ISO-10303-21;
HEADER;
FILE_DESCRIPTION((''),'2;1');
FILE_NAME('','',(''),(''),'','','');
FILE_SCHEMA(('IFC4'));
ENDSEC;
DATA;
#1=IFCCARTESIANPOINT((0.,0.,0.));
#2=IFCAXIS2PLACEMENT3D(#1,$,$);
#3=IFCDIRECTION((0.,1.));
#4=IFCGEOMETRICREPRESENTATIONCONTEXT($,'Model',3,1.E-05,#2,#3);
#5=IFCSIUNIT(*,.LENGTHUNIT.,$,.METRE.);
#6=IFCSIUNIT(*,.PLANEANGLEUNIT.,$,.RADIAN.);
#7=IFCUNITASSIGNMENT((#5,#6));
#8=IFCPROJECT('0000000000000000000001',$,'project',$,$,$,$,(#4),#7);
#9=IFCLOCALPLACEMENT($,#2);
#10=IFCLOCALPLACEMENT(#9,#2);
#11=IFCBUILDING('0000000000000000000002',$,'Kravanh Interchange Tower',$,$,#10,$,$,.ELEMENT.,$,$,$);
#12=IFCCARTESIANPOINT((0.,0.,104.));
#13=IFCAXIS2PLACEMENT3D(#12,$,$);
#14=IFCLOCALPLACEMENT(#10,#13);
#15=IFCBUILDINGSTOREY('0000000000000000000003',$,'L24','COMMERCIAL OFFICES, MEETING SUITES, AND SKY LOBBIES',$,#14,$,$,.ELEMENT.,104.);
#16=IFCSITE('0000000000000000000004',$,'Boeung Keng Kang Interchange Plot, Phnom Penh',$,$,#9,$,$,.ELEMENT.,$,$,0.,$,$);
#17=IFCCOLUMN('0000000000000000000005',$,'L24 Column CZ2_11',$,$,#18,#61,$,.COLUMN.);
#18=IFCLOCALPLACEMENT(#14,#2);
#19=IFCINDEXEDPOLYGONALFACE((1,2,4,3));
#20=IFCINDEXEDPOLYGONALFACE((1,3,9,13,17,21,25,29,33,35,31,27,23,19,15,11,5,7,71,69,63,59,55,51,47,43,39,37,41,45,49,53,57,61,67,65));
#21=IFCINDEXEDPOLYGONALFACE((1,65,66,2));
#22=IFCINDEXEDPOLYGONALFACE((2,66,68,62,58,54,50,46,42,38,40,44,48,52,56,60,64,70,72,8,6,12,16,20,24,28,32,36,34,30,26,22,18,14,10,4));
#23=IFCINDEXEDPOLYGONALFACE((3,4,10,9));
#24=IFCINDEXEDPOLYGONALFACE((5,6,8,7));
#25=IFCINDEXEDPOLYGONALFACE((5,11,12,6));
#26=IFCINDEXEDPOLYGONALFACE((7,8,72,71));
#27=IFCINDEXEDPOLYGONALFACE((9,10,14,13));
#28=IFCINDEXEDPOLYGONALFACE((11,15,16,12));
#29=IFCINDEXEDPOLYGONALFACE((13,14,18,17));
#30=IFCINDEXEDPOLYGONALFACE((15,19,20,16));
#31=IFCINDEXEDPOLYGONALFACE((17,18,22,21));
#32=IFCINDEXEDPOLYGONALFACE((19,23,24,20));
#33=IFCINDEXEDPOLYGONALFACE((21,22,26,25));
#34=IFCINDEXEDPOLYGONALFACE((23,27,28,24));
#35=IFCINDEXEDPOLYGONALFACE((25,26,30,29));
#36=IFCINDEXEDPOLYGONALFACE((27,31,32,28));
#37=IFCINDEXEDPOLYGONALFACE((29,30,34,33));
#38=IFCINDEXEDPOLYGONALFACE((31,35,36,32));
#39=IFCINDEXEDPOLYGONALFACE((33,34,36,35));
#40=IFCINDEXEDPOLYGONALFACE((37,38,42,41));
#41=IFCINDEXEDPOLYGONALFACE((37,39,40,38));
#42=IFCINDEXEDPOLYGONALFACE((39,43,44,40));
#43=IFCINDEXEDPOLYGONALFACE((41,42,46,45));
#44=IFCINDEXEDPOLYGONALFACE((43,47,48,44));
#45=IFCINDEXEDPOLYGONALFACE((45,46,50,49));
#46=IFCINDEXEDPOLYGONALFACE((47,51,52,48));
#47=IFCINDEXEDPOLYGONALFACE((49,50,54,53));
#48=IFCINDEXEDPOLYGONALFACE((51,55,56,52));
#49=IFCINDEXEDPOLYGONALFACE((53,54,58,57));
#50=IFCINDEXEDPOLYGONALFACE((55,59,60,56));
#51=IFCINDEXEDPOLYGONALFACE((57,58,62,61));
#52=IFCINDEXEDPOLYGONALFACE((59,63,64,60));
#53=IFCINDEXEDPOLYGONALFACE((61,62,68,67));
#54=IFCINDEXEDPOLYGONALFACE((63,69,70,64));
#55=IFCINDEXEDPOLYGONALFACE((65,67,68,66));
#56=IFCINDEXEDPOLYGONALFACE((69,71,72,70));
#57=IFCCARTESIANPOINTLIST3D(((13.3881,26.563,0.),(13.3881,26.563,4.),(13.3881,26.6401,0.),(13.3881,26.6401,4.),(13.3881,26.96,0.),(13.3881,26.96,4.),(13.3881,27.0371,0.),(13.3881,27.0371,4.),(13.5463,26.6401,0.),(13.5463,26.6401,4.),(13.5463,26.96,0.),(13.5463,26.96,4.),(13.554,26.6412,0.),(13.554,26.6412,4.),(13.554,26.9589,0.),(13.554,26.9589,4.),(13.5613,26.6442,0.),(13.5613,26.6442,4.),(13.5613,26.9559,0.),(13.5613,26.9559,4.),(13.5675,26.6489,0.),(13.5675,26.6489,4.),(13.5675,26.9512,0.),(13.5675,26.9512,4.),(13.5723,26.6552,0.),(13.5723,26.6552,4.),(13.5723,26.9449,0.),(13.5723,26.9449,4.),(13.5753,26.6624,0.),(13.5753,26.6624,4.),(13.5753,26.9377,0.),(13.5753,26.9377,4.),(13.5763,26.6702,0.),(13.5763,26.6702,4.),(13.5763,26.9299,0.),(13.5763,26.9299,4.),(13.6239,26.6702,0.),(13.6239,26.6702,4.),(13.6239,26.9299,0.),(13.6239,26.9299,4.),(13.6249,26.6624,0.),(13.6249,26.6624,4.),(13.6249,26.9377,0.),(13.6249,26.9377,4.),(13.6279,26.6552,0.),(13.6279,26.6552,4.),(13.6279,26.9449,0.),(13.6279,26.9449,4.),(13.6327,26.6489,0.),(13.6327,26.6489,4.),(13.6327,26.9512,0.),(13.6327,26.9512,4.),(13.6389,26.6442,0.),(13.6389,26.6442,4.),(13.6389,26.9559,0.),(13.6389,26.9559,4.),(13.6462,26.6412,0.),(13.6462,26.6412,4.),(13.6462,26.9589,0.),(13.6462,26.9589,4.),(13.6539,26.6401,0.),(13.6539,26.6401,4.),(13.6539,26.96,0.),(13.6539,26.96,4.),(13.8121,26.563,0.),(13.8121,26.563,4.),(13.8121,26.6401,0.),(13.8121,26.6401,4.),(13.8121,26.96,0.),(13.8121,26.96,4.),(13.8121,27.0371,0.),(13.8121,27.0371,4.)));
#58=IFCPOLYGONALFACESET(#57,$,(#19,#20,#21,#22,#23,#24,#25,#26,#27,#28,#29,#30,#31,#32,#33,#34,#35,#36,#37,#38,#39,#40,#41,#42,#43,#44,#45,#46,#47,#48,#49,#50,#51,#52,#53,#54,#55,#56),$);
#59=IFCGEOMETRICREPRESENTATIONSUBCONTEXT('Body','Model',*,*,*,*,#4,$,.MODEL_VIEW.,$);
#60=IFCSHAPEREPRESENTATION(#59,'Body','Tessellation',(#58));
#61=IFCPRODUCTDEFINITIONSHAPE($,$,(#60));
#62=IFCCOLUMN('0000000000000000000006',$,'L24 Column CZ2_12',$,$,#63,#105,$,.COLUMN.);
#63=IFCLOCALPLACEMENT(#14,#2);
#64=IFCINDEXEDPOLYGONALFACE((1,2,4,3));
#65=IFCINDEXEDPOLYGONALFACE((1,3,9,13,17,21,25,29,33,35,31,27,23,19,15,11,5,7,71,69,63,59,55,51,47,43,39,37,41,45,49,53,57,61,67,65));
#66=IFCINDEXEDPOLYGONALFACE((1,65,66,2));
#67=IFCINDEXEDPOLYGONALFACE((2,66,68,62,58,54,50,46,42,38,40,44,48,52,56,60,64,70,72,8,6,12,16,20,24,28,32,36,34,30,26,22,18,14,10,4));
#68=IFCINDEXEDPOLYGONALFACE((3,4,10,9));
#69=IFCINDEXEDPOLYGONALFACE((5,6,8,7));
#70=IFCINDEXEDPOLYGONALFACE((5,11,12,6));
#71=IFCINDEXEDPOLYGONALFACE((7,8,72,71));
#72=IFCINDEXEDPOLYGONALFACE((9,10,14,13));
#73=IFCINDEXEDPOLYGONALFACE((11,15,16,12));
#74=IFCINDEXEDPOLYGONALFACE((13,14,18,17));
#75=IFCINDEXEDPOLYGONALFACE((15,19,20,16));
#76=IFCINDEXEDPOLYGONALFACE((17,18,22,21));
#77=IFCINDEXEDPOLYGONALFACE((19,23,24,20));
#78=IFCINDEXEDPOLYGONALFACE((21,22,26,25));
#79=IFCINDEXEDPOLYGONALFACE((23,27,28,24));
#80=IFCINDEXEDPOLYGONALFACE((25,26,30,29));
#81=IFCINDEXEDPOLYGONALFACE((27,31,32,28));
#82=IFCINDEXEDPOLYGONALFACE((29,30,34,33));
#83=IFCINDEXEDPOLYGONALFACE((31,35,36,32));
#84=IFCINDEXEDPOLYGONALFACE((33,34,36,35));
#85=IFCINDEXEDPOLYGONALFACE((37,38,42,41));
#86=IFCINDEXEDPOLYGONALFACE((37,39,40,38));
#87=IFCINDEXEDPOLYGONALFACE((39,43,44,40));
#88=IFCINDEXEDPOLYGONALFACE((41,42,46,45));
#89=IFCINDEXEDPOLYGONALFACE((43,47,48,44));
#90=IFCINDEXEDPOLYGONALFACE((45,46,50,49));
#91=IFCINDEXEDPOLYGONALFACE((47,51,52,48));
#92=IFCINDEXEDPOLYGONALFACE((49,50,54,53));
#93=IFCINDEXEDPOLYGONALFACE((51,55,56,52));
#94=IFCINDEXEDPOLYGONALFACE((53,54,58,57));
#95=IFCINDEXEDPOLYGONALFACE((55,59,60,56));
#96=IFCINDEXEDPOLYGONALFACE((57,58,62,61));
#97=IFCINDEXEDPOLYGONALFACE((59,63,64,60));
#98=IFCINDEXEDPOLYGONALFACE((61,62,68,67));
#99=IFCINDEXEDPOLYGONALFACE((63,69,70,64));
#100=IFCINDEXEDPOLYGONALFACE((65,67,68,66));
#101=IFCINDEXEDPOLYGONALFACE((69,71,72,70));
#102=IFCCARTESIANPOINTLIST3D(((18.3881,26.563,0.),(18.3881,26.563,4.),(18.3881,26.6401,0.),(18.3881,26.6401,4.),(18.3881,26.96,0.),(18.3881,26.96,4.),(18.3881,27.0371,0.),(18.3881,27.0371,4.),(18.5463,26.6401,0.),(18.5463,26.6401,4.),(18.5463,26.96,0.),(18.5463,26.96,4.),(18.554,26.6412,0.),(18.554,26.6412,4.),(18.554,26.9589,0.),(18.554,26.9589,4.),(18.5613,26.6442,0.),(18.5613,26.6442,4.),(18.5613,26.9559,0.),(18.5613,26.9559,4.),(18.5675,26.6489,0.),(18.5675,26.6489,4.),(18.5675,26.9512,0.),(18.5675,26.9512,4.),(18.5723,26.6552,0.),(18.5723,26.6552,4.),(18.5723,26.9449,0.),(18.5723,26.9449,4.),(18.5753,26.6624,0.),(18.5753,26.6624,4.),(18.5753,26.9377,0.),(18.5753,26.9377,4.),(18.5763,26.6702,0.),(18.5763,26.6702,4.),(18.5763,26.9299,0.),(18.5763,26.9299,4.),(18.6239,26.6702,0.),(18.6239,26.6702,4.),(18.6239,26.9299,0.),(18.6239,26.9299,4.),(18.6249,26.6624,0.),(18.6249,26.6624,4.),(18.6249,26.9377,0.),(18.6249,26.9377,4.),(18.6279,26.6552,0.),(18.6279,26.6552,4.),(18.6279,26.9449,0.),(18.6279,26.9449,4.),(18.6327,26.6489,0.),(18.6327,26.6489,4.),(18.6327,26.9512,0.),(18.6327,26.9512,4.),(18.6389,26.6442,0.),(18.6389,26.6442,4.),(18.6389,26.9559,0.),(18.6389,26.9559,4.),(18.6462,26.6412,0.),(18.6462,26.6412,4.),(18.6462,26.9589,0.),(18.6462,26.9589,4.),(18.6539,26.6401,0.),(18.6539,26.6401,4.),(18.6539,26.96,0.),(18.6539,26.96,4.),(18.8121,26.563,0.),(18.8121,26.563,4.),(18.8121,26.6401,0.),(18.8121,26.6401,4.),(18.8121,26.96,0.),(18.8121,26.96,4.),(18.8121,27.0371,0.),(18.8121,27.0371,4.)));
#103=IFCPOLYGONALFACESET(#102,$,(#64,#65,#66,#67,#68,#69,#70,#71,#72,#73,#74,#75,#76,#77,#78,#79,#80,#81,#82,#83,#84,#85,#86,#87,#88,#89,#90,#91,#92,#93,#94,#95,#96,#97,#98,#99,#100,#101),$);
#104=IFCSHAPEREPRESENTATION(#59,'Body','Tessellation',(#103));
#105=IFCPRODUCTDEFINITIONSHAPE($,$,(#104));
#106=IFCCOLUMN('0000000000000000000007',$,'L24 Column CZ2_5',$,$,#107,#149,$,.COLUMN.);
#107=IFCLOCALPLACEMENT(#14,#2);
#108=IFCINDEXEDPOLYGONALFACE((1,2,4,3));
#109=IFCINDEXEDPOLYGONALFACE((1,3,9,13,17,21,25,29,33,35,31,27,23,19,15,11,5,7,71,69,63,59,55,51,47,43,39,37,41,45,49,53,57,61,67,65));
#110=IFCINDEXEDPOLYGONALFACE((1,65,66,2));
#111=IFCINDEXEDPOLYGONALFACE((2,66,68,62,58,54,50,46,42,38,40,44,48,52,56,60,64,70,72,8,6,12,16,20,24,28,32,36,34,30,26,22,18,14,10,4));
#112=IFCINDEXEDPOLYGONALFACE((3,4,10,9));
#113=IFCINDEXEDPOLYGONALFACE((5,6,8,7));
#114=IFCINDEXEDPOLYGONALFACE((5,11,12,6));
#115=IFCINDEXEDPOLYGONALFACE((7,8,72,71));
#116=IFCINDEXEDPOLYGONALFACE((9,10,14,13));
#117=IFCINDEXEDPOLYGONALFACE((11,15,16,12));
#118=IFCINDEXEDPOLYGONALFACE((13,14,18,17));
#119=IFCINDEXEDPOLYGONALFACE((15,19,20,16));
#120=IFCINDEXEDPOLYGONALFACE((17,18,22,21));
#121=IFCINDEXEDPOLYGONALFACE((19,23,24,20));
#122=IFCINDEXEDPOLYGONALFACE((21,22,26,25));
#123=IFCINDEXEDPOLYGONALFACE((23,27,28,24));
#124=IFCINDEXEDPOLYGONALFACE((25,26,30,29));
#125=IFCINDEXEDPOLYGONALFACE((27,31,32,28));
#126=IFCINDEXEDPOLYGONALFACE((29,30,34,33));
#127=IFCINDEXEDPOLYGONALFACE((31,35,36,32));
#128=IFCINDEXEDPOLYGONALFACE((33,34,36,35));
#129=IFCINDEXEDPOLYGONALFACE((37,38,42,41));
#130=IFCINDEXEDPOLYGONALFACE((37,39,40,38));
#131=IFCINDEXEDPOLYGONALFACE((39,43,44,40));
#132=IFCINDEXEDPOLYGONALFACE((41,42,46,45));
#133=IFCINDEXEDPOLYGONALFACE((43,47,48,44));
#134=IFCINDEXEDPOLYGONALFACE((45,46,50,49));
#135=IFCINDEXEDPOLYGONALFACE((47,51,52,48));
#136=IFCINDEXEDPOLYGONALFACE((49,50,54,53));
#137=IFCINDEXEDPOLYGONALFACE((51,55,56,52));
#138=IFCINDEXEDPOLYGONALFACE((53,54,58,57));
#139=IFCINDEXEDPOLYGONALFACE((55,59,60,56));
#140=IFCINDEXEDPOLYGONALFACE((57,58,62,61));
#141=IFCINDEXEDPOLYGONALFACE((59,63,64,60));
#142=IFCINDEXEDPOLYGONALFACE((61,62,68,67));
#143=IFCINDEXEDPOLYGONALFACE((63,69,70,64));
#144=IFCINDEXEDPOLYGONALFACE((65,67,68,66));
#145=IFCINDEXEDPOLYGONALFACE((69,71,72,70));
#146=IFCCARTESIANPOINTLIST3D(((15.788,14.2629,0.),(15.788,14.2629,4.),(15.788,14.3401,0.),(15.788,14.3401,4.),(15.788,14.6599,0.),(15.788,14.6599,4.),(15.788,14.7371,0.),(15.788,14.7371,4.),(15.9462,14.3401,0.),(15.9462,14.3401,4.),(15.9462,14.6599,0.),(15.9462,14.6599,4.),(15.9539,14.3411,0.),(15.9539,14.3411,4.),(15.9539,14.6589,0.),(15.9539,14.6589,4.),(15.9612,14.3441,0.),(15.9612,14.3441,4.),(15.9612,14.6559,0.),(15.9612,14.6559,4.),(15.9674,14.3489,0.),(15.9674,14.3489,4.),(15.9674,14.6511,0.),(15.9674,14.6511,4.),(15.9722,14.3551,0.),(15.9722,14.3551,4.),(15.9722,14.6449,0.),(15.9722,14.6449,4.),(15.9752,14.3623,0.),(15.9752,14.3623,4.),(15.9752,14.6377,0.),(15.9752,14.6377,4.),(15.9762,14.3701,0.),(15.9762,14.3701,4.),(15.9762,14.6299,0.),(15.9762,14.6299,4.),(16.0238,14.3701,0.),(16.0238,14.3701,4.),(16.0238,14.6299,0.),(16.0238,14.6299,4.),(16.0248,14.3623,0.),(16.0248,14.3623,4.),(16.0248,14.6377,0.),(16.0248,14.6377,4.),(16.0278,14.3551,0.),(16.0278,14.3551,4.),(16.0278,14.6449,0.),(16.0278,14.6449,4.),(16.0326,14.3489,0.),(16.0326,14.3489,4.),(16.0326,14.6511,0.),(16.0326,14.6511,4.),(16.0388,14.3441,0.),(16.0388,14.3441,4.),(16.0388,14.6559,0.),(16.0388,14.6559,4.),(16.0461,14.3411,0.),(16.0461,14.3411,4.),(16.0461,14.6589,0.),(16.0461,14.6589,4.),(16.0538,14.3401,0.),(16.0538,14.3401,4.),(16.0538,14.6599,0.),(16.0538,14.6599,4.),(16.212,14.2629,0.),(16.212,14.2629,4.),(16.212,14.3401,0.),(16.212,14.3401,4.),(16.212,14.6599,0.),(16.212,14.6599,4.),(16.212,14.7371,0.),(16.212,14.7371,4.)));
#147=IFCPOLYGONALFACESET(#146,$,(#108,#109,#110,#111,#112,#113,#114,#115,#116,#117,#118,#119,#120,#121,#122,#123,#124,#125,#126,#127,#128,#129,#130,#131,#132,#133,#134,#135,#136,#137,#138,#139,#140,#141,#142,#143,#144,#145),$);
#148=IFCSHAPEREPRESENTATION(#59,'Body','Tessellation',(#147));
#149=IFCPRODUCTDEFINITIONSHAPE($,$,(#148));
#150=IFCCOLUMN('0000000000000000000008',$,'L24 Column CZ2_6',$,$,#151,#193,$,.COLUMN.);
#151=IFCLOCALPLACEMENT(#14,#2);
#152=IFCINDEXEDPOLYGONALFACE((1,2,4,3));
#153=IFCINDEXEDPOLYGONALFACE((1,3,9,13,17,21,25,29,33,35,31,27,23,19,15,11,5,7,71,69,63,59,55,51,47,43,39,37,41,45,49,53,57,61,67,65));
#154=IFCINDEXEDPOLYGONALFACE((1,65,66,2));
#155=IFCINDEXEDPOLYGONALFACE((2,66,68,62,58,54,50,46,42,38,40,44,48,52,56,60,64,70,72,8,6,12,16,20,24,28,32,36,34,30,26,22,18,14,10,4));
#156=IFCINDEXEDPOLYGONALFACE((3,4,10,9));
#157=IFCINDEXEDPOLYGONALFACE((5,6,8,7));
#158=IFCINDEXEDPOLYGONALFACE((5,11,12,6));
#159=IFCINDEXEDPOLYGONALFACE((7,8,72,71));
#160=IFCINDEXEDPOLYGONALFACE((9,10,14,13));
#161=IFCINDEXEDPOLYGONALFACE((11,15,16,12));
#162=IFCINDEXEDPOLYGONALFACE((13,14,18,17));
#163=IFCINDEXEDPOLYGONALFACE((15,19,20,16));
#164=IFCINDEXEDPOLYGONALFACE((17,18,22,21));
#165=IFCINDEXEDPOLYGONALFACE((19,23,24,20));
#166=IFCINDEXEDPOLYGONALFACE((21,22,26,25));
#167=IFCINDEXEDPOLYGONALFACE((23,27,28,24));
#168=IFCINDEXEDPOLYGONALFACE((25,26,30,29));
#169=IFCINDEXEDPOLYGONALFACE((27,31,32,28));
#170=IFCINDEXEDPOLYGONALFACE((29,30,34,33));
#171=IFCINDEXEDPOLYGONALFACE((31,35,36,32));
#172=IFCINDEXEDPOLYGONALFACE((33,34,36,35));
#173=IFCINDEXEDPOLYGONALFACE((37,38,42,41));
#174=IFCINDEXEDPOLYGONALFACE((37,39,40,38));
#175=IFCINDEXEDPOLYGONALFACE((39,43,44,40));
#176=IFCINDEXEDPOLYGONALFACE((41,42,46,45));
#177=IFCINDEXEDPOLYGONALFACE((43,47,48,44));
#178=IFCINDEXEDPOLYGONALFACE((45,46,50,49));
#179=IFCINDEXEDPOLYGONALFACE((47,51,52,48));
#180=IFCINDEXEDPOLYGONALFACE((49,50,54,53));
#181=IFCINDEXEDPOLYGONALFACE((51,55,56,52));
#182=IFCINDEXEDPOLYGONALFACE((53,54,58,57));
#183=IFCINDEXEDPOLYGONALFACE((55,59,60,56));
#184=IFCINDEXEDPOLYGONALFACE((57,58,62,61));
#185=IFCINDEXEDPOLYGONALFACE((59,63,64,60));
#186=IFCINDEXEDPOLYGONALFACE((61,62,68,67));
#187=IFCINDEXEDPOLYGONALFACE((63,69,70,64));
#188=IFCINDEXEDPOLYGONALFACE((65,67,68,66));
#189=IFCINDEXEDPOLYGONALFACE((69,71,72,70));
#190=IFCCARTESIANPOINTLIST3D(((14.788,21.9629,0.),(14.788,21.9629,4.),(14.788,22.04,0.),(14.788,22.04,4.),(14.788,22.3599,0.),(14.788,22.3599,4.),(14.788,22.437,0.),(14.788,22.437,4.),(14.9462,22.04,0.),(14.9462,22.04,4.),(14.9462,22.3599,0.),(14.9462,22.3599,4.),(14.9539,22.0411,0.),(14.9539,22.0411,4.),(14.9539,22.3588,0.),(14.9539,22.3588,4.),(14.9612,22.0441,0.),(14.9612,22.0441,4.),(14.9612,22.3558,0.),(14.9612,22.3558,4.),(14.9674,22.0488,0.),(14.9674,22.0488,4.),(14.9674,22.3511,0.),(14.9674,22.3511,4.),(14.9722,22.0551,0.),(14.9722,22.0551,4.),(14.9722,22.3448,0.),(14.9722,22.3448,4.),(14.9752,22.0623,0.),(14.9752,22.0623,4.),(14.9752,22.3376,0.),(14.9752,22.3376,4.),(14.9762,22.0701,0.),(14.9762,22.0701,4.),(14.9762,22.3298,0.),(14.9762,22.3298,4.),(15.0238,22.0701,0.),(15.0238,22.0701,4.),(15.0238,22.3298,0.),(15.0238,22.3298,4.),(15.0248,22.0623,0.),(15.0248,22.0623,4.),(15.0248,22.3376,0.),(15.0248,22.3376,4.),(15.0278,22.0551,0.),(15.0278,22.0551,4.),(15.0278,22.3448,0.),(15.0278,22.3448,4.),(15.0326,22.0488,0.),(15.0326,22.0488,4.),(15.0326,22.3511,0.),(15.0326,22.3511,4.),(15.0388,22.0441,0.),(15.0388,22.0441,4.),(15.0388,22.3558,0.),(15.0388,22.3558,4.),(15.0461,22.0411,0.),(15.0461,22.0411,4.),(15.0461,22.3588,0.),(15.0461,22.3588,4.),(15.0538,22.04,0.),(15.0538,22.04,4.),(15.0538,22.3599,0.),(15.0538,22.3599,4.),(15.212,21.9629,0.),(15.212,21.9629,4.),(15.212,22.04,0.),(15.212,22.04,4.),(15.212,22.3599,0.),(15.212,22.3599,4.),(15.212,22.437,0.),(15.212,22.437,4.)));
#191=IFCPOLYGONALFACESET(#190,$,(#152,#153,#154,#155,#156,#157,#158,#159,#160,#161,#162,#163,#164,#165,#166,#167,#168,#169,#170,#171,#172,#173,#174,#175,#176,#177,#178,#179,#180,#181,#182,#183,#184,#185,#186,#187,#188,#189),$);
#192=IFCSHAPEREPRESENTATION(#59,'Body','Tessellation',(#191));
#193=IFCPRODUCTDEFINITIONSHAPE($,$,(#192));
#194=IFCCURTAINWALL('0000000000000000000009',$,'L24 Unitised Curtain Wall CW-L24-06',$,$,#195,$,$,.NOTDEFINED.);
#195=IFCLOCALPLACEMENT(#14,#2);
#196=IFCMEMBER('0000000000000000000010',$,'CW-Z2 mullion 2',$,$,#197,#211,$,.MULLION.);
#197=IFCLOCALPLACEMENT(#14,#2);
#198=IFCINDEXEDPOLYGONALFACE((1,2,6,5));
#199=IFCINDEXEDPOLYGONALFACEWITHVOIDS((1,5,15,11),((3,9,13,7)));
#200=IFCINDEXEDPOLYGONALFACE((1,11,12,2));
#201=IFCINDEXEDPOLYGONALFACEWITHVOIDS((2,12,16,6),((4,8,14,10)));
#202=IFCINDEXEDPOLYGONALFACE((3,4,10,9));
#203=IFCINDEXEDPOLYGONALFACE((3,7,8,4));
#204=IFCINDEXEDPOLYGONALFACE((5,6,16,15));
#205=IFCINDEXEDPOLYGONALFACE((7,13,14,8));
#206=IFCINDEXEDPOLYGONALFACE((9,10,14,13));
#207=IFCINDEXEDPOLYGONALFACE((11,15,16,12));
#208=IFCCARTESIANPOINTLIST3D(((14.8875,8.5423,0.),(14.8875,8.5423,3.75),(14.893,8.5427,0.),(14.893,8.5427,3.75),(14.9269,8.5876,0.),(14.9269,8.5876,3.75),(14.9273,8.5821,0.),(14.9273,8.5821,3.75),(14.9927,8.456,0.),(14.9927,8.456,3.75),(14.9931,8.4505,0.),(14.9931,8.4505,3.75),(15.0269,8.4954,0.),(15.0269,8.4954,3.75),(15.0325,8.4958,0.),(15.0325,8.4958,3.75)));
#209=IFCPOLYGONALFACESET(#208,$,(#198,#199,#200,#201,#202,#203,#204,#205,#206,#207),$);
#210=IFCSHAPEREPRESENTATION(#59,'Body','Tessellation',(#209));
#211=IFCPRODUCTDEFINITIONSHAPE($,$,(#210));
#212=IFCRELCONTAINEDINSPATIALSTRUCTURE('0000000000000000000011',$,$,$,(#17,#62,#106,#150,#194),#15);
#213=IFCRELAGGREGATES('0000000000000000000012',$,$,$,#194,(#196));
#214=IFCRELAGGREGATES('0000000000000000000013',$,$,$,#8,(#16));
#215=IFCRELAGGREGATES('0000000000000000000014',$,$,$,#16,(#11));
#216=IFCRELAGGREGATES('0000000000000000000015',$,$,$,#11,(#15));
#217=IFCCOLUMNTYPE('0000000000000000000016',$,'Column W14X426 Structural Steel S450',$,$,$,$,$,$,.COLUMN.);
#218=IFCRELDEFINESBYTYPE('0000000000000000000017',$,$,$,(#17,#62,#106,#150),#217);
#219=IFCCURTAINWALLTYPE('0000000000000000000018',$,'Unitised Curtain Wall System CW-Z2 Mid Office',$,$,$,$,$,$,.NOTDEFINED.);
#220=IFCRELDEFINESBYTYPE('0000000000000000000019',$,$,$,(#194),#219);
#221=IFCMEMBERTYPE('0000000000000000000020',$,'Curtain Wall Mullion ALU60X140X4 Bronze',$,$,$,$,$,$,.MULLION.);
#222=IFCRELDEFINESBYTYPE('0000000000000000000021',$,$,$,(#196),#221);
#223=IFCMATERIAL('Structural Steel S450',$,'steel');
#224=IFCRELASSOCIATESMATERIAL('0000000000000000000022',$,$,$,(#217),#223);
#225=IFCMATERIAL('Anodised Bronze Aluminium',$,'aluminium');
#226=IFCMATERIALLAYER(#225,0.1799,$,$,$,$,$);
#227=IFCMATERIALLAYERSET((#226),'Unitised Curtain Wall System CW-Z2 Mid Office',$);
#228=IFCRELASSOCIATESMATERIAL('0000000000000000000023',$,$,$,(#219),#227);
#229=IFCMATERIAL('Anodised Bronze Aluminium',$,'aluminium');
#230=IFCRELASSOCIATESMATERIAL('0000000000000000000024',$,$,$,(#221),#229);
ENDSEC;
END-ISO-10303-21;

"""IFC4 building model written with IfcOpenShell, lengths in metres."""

from ifc_helpers import new_model, si_unit, direction, frame, origin, origin_2d, place, context, subcontext, project, spatial, hollow_rectangle, i_section, extrude, material, layer, layer_set, material_profile, profile_set, type_object, element, aggregate, save


model = new_model("IFC4")

# Units and contexts
model_context = context("Model", 3, precision=1e-05, world=origin(), true_north=direction((0.0, 1.0)))
body_context = subcontext(model_context, "Body", "Model", "MODEL_VIEW")
ifc_project = project(units=[si_unit("LENGTHUNIT", "METRE"), si_unit("PLANEANGLEUNIT", "RADIAN")], contexts=[model_context])

# Site, building, storey
site_placement = place(None, origin())
site = spatial("IfcSite", under=ifc_project, at=site_placement, Name="Boeung Keng Kang Interchange Plot, Phnom Penh", CompositionType="ELEMENT", RefElevation=0.0)
building_placement = place(site_placement, origin())
building = spatial("IfcBuilding", under=site, at=building_placement, Name="Kravanh Interchange Tower", CompositionType="ELEMENT")
storey_placement = place(building_placement, frame((0.0, 0.0, 104.0)))
storey = spatial("IfcBuildingStorey", under=building, at=storey_placement, Name="L24", Description="COMMERCIAL OFFICES, MEETING SUITES, AND SKY LOBBIES", CompositionType="ELEMENT", Elevation=104.0)

# Columns
ifc_material_1 = material(Name="Structural Steel S450", Category="steel")
ifc_material_profile_1 = material_profile(ifc_material_1, i_section(OverallWidth=0.4241, OverallDepth=0.4741, WebThickness=0.0476, FlangeThickness=0.0771, FilletRadius=0.03, at=origin_2d()), Name="W14X426")
ifc_profile_set_1 = profile_set([ifc_material_profile_1], Name="Structural Steel S450")
column_type = type_object("IfcColumnType", Name="Column W14X426 Structural Steel S450", PredefinedType="COLUMN", material=ifc_profile_set_1)
for number, where, z_axis, x_axis, name in (
    (1, (13.6001, 26.8, 0.0), (0.0, 0.0, 1.0), (1.0, 0.0, 0.0), "L24 Column CZ2_11"),
    (2, (18.6001, 26.8, 0.0), (0.0, 0.0, 1.0), (1.0, 0.0, 0.0), "L24 Column CZ2_12"),
    (3, (16.0, 14.5, 0.0), (0.0, 0.0, 1.0), (1.0, 0.0, 0.0), "L24 Column CZ2_5"),
    (4, (15.0, 22.2, 0.0), (0.0, 0.0, 1.0), (1.0, 0.0, 0.0), "L24 Column CZ2_6"),
):
    element("IfcColumn", number, at=place(storey_placement, frame(where, z_axis=z_axis, x_axis=x_axis)), inside=storey, type_object=column_type, Name=name, PredefinedType="COLUMN", context=body_context, shape_type="SweptSolid", body=[
        extrude(i_section(OverallWidth=0.4241, OverallDepth=0.4741, WebThickness=0.0476, FlangeThickness=0.0771, FilletRadius=0.03, at=origin_2d()), origin(), (0.0, 0.0, 1.0), 4.0),
    ])

# Curtain wall, member
ifc_material_2 = material(Name="Anodised Bronze Aluminium", Category="aluminium")
ifc_layer_1 = layer(ifc_material_2, 0.1799)
ifc_layer_set_1 = layer_set([ifc_layer_1], Name="Unitised Curtain Wall System CW-Z2 Mid Office")
curtain_wall_type = type_object("IfcCurtainWallType", Name="Unitised Curtain Wall System CW-Z2 Mid Office", PredefinedType="NOTDEFINED", material=ifc_layer_set_1)
curtain_wall_placement = place(storey_placement, origin())
curtain_wall = element("IfcCurtainWall", 5, at=curtain_wall_placement, inside=storey, type_object=curtain_wall_type, Name="L24 Unitised Curtain Wall CW-L24-06", PredefinedType="NOTDEFINED")
ifc_material_3 = material(Name="Anodised Bronze Aluminium", Category="aluminium")
ifc_material_profile_2 = material_profile(ifc_material_3, hollow_rectangle(XDim=0.0601, YDim=0.1399, WallThickness=0.0039, at=origin_2d()), Name="ALU60X140X4")
ifc_profile_set_2 = profile_set([ifc_material_profile_2], Name="Anodised Bronze Aluminium")
member_type = type_object("IfcMemberType", Name="Curtain Wall Mullion ALU60X140X4 Bronze", PredefinedType="MULLION", material=ifc_profile_set_2)
member_placement = place(storey_placement, frame((14.96, 8.519, 0.0), z_axis=(0.0, 0.0, 1.0), x_axis=(-0.656048, -0.754719, 0.0)))
member = element("IfcMember", 6, at=member_placement, type_object=member_type, Name="CW-Z2 mullion 2", PredefinedType="MULLION", context=body_context, shape_type="SweptSolid", body=[
    extrude(hollow_rectangle(XDim=0.0601, YDim=0.1399, WallThickness=0.0039, at=origin_2d()), origin(), (0.0, 0.0, 1.0), 3.75),
])
aggregate(curtain_wall, [member])

save(model, "model.ifc")
